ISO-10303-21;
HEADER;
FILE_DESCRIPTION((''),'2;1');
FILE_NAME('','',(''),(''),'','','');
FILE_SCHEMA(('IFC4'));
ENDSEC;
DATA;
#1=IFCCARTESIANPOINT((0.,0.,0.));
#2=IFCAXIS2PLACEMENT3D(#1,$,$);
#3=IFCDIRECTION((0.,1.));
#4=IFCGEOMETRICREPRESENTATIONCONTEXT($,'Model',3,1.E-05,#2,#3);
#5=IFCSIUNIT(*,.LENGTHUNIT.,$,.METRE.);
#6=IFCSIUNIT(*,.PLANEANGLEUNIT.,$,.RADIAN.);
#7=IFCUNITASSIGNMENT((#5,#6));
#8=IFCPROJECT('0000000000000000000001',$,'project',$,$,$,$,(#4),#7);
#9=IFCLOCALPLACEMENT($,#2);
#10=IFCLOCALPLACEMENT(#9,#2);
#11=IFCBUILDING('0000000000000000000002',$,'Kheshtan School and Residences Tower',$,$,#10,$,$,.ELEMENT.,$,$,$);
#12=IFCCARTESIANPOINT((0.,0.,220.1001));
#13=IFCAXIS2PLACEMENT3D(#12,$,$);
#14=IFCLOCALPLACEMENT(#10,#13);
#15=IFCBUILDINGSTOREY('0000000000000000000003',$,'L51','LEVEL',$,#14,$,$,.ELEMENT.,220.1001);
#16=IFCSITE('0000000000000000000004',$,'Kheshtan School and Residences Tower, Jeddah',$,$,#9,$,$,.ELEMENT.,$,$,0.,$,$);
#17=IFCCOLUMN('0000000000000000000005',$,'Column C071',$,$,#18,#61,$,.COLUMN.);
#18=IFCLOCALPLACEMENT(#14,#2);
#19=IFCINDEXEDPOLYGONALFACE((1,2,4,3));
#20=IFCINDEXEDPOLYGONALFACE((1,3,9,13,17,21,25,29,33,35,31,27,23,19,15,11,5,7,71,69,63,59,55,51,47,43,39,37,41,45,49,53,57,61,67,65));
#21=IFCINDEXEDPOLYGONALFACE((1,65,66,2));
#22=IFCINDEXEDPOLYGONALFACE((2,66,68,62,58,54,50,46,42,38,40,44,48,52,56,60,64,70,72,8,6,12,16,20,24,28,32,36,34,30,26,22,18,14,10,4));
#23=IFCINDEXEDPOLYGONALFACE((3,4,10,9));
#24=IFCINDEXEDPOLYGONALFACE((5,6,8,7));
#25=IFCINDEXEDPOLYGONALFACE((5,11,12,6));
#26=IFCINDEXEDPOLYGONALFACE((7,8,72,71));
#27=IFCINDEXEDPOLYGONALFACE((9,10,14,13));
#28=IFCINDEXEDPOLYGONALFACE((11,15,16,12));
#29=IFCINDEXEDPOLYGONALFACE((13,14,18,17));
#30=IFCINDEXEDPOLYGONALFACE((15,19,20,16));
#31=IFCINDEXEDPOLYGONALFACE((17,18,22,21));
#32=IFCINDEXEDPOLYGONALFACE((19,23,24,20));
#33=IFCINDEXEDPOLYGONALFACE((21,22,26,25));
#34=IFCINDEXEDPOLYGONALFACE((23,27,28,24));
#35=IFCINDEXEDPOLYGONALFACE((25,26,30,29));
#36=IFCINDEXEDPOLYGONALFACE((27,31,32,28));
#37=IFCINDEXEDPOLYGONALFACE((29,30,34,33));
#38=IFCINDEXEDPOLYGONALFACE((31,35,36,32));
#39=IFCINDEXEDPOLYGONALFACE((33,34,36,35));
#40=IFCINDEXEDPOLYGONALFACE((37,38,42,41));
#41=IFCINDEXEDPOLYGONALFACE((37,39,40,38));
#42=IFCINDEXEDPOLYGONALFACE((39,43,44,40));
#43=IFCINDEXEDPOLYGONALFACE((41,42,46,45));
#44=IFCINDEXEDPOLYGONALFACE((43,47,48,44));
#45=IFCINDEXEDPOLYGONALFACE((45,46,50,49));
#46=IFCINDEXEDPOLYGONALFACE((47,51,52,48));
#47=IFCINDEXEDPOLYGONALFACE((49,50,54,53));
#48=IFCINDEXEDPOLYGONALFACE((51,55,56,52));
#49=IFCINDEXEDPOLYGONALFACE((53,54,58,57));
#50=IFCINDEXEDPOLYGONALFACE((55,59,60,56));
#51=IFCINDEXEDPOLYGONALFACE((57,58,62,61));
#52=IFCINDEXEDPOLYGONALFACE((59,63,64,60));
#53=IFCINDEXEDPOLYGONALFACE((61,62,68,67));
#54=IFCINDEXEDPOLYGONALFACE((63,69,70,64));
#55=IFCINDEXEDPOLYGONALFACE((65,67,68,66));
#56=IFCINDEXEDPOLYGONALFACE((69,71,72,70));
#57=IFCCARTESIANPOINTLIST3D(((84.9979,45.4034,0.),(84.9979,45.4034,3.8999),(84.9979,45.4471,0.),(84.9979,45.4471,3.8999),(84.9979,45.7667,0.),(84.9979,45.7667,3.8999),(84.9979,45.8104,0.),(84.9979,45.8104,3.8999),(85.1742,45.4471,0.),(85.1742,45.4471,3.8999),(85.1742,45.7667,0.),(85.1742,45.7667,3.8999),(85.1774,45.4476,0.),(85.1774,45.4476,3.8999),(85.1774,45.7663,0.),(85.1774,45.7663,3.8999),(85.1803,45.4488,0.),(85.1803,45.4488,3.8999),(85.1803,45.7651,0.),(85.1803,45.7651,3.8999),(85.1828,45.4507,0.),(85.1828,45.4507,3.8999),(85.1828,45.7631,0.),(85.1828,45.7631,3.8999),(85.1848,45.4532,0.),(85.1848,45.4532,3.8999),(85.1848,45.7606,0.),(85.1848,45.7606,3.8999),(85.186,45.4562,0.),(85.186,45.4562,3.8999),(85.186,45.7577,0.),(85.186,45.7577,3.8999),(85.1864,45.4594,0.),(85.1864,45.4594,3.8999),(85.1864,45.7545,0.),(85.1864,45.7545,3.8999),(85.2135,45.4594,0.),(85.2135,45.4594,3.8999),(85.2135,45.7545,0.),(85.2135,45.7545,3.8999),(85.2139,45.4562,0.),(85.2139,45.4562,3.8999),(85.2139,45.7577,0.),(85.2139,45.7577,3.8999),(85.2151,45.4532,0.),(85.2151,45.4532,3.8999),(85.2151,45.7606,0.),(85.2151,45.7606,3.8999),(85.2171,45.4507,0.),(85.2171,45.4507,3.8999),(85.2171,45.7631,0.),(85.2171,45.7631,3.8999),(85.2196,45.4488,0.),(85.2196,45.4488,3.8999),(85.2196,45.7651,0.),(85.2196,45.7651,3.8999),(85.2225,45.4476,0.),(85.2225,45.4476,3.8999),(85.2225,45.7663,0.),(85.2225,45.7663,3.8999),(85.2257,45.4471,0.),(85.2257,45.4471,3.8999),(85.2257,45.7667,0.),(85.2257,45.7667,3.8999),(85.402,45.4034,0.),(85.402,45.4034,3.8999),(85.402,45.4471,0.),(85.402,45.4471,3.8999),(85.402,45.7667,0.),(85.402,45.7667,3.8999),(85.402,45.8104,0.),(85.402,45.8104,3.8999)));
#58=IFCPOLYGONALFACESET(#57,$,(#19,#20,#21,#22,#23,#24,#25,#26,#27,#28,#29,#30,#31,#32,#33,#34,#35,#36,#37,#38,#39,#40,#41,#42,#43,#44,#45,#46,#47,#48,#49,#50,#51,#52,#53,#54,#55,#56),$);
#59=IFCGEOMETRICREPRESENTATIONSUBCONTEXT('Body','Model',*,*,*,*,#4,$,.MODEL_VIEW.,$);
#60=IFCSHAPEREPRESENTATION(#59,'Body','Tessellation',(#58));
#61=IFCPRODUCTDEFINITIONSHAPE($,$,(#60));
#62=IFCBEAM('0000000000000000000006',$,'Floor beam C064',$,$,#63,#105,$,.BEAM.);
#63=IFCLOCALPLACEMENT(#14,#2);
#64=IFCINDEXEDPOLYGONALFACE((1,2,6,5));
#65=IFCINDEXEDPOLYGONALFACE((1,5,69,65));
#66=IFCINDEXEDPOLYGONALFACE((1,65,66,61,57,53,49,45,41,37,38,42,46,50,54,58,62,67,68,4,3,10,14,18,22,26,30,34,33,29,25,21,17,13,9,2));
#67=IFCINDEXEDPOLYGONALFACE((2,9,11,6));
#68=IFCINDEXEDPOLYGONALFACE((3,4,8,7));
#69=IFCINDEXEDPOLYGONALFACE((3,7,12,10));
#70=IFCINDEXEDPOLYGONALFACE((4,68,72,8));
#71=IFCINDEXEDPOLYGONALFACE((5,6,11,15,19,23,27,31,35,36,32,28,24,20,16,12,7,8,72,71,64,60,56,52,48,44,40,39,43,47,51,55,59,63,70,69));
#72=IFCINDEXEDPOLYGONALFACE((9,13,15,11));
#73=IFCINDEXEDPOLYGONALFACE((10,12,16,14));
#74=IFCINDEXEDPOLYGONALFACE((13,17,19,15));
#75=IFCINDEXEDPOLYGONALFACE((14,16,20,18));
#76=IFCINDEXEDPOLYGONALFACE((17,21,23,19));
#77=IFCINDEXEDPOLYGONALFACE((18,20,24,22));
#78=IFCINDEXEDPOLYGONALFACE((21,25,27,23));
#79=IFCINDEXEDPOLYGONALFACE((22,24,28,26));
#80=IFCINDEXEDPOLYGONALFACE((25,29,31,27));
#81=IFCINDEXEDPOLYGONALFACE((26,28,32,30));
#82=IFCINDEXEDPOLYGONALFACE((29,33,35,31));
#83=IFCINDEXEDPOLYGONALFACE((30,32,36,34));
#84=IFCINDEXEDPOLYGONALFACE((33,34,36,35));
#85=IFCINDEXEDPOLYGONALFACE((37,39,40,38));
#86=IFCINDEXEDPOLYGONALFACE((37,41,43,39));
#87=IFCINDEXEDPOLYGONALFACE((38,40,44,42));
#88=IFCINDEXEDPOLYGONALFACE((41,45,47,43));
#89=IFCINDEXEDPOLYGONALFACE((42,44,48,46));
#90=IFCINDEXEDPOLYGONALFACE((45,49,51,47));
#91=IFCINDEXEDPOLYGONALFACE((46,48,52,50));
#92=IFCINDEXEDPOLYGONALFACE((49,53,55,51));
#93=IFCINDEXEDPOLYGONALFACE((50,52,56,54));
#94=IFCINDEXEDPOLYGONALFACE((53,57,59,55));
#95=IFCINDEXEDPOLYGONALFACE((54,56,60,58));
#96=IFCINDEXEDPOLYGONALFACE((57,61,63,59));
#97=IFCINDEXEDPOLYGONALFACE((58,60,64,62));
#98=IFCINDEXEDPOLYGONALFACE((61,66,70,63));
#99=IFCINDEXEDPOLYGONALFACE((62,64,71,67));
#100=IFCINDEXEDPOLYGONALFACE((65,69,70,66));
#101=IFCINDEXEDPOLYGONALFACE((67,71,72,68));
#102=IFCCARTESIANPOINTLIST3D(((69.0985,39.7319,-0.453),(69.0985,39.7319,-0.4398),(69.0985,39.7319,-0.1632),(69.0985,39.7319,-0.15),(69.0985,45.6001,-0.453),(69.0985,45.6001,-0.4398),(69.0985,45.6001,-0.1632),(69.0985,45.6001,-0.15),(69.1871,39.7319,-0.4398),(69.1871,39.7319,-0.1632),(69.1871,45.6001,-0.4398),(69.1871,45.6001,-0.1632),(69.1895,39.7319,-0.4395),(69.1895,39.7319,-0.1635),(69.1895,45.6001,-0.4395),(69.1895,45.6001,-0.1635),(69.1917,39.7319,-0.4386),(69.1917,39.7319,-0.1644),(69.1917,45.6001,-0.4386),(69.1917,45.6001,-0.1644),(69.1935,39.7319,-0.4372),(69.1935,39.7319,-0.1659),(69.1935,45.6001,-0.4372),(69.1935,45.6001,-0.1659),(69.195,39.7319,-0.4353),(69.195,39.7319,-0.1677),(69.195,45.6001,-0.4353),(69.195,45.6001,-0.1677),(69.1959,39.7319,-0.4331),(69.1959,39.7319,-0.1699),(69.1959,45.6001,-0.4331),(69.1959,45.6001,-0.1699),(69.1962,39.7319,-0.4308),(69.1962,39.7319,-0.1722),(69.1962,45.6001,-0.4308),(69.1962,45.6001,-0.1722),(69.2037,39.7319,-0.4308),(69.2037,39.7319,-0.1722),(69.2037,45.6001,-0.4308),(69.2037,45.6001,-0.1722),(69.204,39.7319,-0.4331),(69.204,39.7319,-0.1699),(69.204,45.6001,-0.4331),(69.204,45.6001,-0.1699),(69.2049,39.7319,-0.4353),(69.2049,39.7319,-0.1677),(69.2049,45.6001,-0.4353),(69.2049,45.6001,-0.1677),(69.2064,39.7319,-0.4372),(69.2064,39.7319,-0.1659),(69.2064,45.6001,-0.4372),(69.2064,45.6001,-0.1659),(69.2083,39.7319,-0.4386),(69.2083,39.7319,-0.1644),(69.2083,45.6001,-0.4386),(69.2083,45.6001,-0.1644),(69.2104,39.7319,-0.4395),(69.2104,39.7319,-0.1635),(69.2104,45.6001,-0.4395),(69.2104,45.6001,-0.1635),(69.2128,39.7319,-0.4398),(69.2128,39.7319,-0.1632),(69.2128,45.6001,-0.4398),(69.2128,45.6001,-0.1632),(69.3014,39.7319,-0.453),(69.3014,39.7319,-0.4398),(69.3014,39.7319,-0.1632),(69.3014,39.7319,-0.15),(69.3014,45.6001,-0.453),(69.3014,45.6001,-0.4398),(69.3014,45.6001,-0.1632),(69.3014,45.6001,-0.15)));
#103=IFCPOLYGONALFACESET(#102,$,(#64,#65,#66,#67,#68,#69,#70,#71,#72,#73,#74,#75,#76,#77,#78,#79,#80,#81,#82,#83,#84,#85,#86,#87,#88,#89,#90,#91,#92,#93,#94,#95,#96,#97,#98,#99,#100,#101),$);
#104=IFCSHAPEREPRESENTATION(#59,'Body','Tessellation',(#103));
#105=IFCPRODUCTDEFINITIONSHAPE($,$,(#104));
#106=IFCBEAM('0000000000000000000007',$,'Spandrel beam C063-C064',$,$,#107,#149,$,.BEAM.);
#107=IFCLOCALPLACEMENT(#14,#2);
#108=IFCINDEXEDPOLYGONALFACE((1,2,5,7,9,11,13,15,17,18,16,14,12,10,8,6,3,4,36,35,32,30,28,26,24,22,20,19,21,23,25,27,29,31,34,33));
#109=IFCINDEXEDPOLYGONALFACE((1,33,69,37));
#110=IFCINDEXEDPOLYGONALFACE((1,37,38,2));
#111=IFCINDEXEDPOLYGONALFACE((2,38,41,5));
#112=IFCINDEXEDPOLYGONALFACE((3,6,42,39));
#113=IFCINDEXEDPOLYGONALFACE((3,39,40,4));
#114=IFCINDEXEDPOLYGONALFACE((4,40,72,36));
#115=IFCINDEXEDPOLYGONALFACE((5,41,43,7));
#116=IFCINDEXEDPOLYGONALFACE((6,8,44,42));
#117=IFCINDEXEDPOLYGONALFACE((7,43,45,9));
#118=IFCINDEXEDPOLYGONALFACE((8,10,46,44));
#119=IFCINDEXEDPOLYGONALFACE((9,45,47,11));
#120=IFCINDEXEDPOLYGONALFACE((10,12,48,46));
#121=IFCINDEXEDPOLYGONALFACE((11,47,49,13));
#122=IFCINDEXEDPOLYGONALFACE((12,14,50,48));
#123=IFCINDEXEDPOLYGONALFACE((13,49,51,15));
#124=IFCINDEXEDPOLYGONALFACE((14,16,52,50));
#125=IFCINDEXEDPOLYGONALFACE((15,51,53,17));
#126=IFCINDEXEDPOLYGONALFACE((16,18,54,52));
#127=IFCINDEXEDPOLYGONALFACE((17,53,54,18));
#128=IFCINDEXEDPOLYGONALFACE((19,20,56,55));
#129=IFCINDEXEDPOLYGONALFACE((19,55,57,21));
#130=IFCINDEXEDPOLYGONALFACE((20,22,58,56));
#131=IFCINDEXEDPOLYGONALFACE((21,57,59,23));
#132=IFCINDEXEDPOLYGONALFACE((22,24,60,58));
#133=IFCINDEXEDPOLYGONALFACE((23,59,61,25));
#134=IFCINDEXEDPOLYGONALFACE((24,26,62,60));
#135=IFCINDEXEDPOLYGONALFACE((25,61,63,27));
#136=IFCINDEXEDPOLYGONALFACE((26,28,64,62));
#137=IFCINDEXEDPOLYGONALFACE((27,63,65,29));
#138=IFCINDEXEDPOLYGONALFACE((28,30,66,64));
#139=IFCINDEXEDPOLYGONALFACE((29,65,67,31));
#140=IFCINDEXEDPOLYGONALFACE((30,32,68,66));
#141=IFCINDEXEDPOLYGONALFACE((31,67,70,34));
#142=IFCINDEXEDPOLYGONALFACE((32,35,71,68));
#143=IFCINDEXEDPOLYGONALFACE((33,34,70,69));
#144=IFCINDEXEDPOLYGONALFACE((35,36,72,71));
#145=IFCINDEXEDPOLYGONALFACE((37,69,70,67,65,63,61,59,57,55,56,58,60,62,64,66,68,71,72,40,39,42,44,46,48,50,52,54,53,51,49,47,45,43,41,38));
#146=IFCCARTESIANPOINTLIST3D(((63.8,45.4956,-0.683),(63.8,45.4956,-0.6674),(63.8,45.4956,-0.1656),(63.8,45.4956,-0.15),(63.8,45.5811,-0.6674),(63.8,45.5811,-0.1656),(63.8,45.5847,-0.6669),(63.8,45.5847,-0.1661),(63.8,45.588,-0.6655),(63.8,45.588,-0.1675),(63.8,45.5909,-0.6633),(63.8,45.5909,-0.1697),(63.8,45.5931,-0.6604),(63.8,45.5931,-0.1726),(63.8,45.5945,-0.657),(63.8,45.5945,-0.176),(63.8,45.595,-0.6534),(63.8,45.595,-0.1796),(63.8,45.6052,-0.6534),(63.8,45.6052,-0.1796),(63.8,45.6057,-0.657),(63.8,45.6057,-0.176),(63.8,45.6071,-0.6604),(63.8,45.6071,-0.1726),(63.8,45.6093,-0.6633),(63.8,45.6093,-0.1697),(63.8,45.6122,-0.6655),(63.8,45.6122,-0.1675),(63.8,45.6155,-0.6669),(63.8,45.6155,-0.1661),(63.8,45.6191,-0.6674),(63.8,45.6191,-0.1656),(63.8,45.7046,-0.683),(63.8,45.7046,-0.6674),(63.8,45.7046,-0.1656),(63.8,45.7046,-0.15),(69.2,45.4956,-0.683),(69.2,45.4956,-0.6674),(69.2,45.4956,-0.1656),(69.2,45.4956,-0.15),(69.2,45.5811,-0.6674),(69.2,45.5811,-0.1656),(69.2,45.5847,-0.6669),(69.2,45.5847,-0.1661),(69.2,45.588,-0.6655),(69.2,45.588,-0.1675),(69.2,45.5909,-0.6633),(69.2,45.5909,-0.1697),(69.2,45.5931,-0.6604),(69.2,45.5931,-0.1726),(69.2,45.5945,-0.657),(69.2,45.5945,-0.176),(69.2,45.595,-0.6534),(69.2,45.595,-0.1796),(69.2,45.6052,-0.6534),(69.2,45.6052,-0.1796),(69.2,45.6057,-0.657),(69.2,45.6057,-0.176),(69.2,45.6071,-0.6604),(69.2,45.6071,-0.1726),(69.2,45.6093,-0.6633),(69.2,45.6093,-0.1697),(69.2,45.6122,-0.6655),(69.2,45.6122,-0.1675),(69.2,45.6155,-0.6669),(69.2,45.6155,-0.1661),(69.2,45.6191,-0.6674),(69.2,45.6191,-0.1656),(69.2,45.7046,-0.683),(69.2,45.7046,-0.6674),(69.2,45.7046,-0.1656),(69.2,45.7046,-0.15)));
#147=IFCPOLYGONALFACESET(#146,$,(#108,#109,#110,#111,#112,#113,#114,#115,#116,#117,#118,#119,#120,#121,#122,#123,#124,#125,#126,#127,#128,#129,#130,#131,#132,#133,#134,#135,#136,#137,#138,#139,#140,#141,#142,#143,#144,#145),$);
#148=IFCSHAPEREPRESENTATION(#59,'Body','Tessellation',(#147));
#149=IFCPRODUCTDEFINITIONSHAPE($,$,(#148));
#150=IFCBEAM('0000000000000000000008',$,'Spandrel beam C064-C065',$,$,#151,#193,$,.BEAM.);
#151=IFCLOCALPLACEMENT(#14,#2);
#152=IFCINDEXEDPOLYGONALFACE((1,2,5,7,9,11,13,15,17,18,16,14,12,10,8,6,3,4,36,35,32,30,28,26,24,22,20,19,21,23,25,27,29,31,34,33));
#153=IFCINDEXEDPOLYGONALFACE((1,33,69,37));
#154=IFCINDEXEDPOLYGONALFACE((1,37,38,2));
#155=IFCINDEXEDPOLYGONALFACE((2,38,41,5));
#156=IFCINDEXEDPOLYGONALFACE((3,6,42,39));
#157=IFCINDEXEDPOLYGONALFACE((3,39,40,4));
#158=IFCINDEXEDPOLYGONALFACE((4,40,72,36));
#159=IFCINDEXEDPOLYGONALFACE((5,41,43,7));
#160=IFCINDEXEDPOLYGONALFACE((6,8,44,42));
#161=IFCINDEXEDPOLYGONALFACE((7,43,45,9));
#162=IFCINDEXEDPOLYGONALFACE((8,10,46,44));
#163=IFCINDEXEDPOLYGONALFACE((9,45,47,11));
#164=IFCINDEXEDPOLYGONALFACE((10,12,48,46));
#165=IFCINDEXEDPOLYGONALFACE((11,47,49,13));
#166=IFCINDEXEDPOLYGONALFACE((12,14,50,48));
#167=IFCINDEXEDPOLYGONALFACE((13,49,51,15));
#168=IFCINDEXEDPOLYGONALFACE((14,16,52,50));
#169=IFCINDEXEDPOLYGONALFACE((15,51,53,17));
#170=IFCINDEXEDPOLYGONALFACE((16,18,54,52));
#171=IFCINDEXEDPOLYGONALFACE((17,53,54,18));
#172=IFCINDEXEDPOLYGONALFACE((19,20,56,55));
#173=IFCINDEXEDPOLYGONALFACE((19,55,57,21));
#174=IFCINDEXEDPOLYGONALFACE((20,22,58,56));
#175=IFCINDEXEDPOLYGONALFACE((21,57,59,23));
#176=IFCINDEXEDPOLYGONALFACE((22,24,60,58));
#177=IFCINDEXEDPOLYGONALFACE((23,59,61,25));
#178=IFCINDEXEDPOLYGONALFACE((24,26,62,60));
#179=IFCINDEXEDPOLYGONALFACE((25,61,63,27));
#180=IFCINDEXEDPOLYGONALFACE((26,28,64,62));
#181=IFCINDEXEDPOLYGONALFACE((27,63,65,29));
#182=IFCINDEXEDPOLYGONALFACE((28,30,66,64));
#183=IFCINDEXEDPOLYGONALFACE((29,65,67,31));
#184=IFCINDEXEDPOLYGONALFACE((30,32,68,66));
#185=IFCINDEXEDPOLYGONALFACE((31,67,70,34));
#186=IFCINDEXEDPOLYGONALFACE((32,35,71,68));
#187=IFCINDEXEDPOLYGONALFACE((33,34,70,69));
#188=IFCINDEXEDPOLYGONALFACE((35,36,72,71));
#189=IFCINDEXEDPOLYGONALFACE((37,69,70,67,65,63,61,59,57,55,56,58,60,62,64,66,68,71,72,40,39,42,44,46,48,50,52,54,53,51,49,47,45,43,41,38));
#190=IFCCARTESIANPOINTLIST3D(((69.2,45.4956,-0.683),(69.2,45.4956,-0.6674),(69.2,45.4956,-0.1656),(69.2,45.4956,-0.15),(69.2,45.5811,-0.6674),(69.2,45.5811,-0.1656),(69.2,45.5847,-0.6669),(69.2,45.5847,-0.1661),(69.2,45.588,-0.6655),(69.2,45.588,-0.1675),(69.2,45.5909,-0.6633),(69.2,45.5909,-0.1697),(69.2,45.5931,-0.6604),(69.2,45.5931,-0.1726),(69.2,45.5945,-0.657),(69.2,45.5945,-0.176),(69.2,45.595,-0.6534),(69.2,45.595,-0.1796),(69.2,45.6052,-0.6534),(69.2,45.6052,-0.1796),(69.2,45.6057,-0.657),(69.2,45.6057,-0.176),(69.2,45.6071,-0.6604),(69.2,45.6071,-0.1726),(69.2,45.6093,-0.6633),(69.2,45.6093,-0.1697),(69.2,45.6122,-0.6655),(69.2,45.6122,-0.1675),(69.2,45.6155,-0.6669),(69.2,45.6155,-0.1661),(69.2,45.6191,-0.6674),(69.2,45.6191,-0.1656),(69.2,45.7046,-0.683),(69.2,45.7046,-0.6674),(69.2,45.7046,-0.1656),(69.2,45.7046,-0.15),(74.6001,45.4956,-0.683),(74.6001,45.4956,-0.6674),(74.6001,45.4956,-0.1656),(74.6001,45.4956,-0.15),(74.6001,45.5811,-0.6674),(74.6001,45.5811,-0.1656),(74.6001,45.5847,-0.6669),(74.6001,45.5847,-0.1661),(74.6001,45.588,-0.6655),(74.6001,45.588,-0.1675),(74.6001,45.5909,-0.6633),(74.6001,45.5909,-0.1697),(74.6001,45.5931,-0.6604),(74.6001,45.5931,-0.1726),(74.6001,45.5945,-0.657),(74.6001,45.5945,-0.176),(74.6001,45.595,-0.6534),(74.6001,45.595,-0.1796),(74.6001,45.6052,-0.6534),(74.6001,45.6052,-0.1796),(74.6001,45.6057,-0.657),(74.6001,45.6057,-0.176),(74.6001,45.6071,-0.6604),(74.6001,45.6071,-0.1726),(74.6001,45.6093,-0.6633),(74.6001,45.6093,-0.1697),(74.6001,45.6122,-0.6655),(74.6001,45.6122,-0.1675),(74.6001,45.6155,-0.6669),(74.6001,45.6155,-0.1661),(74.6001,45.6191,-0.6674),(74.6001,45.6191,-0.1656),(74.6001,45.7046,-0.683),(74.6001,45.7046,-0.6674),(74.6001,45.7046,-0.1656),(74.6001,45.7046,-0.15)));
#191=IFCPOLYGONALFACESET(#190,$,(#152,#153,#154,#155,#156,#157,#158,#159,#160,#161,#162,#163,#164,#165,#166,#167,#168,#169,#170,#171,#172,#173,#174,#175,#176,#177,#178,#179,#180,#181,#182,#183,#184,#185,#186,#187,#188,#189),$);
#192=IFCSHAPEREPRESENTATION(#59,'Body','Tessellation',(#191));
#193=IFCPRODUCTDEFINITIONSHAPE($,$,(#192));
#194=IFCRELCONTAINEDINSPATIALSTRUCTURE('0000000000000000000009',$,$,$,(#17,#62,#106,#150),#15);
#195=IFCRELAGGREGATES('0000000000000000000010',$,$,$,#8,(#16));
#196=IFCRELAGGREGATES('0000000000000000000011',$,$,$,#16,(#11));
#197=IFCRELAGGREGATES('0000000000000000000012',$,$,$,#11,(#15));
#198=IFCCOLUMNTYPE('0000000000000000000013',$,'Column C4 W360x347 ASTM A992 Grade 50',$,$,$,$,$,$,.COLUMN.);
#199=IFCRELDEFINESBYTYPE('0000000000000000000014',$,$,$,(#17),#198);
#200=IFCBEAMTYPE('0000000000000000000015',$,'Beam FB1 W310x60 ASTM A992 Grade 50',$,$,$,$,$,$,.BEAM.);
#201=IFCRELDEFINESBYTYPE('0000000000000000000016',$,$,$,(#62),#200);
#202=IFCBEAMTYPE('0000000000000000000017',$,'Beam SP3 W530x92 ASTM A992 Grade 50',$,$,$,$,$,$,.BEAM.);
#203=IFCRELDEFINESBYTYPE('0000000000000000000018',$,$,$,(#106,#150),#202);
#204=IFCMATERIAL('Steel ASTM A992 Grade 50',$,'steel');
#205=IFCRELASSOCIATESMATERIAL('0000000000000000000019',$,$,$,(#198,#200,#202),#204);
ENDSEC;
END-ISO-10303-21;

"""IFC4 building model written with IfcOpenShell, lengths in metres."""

from ifc_helpers import new_model, si_unit, direction, frame, origin, origin_2d, place, context, subcontext, project, spatial, i_section, extrude, material, material_profile, profile_set, type_object, element, save


model = new_model("IFC4")

# Units and contexts
model_context = context("Model", 3, precision=1e-05, world=origin(), true_north=direction((0.0, 1.0)))
body_context = subcontext(model_context, "Body", "Model", "MODEL_VIEW")
ifc_project = project(units=[si_unit("LENGTHUNIT", "METRE"), si_unit("PLANEANGLEUNIT", "RADIAN")], contexts=[model_context])

# Site, building, storey
site_placement = place(None, origin())
site = spatial("IfcSite", under=ifc_project, at=site_placement, Name="Kheshtan School and Residences Tower, Jeddah", CompositionType="ELEMENT", RefElevation=0.0)
building_placement = place(site_placement, origin())
building = spatial("IfcBuilding", under=site, at=building_placement, Name="Kheshtan School and Residences Tower", CompositionType="ELEMENT")
storey_placement = place(building_placement, frame((0.0, 0.0, 220.1001)))
storey = spatial("IfcBuildingStorey", under=building, at=storey_placement, Name="L51", Description="LEVEL", CompositionType="ELEMENT", Elevation=220.1001)

# Column
ifc_material_1 = material(Name="Steel ASTM A992 Grade 50", Category="steel")
ifc_material_profile_1 = material_profile(ifc_material_1, i_section(OverallWidth=0.4041, OverallDepth=0.407, WebThickness=0.0271, FlangeThickness=0.0437, FilletRadius=0.0122, at=origin_2d()), Name="W360x347")
ifc_profile_set_1 = profile_set([ifc_material_profile_1], Name="Steel ASTM A992 Grade 50")
column_type = type_object("IfcColumnType", Name="Column C4 W360x347 ASTM A992 Grade 50", PredefinedType="COLUMN", material=ifc_profile_set_1)
for number, where, z_axis, x_axis, name in (
    (1, (85.2, 45.6069, 0.0), (0.0, 0.0, 1.0), (1.0, 0.0, 0.0), "Column C071"),
):
    element("IfcColumn", number, at=place(storey_placement, frame(where, z_axis=z_axis, x_axis=x_axis)), inside=storey, type_object=column_type, Name=name, PredefinedType="COLUMN", context=body_context, shape_type="SweptSolid", body=[
        extrude(i_section(OverallWidth=0.4041, OverallDepth=0.407, WebThickness=0.0271, FlangeThickness=0.0437, FilletRadius=0.0122, at=origin_2d()), origin(), (0.0, 0.0, 1.0), 3.8999),
    ])

# Beams
ifc_material_profile_2 = material_profile(ifc_material_1, i_section(OverallWidth=0.2029, OverallDepth=0.303, WebThickness=0.0076, FlangeThickness=0.0132, FilletRadius=0.009, at=origin_2d()), Name="W310x60")
ifc_profile_set_2 = profile_set([ifc_material_profile_2], Name="Steel ASTM A992 Grade 50")
beam_type_1 = type_object("IfcBeamType", Name="Beam FB1 W310x60 ASTM A992 Grade 50", PredefinedType="BEAM", material=ifc_profile_set_2)
beam_1_placement = place(storey_placement, frame((69.2, 45.6001, -0.3015), z_axis=(0.0, -1.0, 0.0), x_axis=(1.0, 0.0, 0.0)))
element("IfcBeam", 2, at=beam_1_placement, inside=storey, type_object=beam_type_1, Name="Floor beam C064", PredefinedType="BEAM", context=body_context, shape_type="SweptSolid", body=[
    extrude(i_section(OverallWidth=0.2029, OverallDepth=0.303, WebThickness=0.0076, FlangeThickness=0.0132, FilletRadius=0.009, at=origin_2d()), origin(), (0.0, 0.0, 1.0), 5.8682),
])
ifc_material_profile_3 = material_profile(ifc_material_1, i_section(OverallWidth=0.209, OverallDepth=0.533, WebThickness=0.0103, FlangeThickness=0.0156, FilletRadius=0.0139, at=origin_2d()), Name="W530x92")
ifc_profile_set_3 = profile_set([ifc_material_profile_3], Name="Steel ASTM A992 Grade 50")
beam_type_2 = type_object("IfcBeamType", Name="Beam SP3 W530x92 ASTM A992 Grade 50", PredefinedType="BEAM", material=ifc_profile_set_3)
beam_2_placement = place(storey_placement, frame((63.8, 45.6001, -0.4165), z_axis=(1.0, 0.0, 0.0), x_axis=(0.0, 1.0, 0.0)))
element("IfcBeam", 3, at=beam_2_placement, inside=storey, type_object=beam_type_2, Name="Spandrel beam C063-C064", PredefinedType="BEAM", context=body_context, shape_type="SweptSolid", body=[
    extrude(i_section(OverallWidth=0.209, OverallDepth=0.533, WebThickness=0.0103, FlangeThickness=0.0156, FilletRadius=0.0139, at=origin_2d()), origin(), (0.0, 0.0, 1.0), 5.3999),
])
beam_3_placement = place(storey_placement, frame((69.2, 45.6001, -0.4165), z_axis=(1.0, 0.0, 0.0), x_axis=(0.0, 1.0, 0.0)))
element("IfcBeam", 4, at=beam_3_placement, inside=storey, type_object=beam_type_2, Name="Spandrel beam C064-C065", PredefinedType="BEAM", context=body_context, shape_type="SweptSolid", body=[
    extrude(i_section(OverallWidth=0.209, OverallDepth=0.533, WebThickness=0.0103, FlangeThickness=0.0156, FilletRadius=0.0139, at=origin_2d()), origin(), (0.0, 0.0, 1.0), 5.4001),
])

save(model, "model.ifc")
